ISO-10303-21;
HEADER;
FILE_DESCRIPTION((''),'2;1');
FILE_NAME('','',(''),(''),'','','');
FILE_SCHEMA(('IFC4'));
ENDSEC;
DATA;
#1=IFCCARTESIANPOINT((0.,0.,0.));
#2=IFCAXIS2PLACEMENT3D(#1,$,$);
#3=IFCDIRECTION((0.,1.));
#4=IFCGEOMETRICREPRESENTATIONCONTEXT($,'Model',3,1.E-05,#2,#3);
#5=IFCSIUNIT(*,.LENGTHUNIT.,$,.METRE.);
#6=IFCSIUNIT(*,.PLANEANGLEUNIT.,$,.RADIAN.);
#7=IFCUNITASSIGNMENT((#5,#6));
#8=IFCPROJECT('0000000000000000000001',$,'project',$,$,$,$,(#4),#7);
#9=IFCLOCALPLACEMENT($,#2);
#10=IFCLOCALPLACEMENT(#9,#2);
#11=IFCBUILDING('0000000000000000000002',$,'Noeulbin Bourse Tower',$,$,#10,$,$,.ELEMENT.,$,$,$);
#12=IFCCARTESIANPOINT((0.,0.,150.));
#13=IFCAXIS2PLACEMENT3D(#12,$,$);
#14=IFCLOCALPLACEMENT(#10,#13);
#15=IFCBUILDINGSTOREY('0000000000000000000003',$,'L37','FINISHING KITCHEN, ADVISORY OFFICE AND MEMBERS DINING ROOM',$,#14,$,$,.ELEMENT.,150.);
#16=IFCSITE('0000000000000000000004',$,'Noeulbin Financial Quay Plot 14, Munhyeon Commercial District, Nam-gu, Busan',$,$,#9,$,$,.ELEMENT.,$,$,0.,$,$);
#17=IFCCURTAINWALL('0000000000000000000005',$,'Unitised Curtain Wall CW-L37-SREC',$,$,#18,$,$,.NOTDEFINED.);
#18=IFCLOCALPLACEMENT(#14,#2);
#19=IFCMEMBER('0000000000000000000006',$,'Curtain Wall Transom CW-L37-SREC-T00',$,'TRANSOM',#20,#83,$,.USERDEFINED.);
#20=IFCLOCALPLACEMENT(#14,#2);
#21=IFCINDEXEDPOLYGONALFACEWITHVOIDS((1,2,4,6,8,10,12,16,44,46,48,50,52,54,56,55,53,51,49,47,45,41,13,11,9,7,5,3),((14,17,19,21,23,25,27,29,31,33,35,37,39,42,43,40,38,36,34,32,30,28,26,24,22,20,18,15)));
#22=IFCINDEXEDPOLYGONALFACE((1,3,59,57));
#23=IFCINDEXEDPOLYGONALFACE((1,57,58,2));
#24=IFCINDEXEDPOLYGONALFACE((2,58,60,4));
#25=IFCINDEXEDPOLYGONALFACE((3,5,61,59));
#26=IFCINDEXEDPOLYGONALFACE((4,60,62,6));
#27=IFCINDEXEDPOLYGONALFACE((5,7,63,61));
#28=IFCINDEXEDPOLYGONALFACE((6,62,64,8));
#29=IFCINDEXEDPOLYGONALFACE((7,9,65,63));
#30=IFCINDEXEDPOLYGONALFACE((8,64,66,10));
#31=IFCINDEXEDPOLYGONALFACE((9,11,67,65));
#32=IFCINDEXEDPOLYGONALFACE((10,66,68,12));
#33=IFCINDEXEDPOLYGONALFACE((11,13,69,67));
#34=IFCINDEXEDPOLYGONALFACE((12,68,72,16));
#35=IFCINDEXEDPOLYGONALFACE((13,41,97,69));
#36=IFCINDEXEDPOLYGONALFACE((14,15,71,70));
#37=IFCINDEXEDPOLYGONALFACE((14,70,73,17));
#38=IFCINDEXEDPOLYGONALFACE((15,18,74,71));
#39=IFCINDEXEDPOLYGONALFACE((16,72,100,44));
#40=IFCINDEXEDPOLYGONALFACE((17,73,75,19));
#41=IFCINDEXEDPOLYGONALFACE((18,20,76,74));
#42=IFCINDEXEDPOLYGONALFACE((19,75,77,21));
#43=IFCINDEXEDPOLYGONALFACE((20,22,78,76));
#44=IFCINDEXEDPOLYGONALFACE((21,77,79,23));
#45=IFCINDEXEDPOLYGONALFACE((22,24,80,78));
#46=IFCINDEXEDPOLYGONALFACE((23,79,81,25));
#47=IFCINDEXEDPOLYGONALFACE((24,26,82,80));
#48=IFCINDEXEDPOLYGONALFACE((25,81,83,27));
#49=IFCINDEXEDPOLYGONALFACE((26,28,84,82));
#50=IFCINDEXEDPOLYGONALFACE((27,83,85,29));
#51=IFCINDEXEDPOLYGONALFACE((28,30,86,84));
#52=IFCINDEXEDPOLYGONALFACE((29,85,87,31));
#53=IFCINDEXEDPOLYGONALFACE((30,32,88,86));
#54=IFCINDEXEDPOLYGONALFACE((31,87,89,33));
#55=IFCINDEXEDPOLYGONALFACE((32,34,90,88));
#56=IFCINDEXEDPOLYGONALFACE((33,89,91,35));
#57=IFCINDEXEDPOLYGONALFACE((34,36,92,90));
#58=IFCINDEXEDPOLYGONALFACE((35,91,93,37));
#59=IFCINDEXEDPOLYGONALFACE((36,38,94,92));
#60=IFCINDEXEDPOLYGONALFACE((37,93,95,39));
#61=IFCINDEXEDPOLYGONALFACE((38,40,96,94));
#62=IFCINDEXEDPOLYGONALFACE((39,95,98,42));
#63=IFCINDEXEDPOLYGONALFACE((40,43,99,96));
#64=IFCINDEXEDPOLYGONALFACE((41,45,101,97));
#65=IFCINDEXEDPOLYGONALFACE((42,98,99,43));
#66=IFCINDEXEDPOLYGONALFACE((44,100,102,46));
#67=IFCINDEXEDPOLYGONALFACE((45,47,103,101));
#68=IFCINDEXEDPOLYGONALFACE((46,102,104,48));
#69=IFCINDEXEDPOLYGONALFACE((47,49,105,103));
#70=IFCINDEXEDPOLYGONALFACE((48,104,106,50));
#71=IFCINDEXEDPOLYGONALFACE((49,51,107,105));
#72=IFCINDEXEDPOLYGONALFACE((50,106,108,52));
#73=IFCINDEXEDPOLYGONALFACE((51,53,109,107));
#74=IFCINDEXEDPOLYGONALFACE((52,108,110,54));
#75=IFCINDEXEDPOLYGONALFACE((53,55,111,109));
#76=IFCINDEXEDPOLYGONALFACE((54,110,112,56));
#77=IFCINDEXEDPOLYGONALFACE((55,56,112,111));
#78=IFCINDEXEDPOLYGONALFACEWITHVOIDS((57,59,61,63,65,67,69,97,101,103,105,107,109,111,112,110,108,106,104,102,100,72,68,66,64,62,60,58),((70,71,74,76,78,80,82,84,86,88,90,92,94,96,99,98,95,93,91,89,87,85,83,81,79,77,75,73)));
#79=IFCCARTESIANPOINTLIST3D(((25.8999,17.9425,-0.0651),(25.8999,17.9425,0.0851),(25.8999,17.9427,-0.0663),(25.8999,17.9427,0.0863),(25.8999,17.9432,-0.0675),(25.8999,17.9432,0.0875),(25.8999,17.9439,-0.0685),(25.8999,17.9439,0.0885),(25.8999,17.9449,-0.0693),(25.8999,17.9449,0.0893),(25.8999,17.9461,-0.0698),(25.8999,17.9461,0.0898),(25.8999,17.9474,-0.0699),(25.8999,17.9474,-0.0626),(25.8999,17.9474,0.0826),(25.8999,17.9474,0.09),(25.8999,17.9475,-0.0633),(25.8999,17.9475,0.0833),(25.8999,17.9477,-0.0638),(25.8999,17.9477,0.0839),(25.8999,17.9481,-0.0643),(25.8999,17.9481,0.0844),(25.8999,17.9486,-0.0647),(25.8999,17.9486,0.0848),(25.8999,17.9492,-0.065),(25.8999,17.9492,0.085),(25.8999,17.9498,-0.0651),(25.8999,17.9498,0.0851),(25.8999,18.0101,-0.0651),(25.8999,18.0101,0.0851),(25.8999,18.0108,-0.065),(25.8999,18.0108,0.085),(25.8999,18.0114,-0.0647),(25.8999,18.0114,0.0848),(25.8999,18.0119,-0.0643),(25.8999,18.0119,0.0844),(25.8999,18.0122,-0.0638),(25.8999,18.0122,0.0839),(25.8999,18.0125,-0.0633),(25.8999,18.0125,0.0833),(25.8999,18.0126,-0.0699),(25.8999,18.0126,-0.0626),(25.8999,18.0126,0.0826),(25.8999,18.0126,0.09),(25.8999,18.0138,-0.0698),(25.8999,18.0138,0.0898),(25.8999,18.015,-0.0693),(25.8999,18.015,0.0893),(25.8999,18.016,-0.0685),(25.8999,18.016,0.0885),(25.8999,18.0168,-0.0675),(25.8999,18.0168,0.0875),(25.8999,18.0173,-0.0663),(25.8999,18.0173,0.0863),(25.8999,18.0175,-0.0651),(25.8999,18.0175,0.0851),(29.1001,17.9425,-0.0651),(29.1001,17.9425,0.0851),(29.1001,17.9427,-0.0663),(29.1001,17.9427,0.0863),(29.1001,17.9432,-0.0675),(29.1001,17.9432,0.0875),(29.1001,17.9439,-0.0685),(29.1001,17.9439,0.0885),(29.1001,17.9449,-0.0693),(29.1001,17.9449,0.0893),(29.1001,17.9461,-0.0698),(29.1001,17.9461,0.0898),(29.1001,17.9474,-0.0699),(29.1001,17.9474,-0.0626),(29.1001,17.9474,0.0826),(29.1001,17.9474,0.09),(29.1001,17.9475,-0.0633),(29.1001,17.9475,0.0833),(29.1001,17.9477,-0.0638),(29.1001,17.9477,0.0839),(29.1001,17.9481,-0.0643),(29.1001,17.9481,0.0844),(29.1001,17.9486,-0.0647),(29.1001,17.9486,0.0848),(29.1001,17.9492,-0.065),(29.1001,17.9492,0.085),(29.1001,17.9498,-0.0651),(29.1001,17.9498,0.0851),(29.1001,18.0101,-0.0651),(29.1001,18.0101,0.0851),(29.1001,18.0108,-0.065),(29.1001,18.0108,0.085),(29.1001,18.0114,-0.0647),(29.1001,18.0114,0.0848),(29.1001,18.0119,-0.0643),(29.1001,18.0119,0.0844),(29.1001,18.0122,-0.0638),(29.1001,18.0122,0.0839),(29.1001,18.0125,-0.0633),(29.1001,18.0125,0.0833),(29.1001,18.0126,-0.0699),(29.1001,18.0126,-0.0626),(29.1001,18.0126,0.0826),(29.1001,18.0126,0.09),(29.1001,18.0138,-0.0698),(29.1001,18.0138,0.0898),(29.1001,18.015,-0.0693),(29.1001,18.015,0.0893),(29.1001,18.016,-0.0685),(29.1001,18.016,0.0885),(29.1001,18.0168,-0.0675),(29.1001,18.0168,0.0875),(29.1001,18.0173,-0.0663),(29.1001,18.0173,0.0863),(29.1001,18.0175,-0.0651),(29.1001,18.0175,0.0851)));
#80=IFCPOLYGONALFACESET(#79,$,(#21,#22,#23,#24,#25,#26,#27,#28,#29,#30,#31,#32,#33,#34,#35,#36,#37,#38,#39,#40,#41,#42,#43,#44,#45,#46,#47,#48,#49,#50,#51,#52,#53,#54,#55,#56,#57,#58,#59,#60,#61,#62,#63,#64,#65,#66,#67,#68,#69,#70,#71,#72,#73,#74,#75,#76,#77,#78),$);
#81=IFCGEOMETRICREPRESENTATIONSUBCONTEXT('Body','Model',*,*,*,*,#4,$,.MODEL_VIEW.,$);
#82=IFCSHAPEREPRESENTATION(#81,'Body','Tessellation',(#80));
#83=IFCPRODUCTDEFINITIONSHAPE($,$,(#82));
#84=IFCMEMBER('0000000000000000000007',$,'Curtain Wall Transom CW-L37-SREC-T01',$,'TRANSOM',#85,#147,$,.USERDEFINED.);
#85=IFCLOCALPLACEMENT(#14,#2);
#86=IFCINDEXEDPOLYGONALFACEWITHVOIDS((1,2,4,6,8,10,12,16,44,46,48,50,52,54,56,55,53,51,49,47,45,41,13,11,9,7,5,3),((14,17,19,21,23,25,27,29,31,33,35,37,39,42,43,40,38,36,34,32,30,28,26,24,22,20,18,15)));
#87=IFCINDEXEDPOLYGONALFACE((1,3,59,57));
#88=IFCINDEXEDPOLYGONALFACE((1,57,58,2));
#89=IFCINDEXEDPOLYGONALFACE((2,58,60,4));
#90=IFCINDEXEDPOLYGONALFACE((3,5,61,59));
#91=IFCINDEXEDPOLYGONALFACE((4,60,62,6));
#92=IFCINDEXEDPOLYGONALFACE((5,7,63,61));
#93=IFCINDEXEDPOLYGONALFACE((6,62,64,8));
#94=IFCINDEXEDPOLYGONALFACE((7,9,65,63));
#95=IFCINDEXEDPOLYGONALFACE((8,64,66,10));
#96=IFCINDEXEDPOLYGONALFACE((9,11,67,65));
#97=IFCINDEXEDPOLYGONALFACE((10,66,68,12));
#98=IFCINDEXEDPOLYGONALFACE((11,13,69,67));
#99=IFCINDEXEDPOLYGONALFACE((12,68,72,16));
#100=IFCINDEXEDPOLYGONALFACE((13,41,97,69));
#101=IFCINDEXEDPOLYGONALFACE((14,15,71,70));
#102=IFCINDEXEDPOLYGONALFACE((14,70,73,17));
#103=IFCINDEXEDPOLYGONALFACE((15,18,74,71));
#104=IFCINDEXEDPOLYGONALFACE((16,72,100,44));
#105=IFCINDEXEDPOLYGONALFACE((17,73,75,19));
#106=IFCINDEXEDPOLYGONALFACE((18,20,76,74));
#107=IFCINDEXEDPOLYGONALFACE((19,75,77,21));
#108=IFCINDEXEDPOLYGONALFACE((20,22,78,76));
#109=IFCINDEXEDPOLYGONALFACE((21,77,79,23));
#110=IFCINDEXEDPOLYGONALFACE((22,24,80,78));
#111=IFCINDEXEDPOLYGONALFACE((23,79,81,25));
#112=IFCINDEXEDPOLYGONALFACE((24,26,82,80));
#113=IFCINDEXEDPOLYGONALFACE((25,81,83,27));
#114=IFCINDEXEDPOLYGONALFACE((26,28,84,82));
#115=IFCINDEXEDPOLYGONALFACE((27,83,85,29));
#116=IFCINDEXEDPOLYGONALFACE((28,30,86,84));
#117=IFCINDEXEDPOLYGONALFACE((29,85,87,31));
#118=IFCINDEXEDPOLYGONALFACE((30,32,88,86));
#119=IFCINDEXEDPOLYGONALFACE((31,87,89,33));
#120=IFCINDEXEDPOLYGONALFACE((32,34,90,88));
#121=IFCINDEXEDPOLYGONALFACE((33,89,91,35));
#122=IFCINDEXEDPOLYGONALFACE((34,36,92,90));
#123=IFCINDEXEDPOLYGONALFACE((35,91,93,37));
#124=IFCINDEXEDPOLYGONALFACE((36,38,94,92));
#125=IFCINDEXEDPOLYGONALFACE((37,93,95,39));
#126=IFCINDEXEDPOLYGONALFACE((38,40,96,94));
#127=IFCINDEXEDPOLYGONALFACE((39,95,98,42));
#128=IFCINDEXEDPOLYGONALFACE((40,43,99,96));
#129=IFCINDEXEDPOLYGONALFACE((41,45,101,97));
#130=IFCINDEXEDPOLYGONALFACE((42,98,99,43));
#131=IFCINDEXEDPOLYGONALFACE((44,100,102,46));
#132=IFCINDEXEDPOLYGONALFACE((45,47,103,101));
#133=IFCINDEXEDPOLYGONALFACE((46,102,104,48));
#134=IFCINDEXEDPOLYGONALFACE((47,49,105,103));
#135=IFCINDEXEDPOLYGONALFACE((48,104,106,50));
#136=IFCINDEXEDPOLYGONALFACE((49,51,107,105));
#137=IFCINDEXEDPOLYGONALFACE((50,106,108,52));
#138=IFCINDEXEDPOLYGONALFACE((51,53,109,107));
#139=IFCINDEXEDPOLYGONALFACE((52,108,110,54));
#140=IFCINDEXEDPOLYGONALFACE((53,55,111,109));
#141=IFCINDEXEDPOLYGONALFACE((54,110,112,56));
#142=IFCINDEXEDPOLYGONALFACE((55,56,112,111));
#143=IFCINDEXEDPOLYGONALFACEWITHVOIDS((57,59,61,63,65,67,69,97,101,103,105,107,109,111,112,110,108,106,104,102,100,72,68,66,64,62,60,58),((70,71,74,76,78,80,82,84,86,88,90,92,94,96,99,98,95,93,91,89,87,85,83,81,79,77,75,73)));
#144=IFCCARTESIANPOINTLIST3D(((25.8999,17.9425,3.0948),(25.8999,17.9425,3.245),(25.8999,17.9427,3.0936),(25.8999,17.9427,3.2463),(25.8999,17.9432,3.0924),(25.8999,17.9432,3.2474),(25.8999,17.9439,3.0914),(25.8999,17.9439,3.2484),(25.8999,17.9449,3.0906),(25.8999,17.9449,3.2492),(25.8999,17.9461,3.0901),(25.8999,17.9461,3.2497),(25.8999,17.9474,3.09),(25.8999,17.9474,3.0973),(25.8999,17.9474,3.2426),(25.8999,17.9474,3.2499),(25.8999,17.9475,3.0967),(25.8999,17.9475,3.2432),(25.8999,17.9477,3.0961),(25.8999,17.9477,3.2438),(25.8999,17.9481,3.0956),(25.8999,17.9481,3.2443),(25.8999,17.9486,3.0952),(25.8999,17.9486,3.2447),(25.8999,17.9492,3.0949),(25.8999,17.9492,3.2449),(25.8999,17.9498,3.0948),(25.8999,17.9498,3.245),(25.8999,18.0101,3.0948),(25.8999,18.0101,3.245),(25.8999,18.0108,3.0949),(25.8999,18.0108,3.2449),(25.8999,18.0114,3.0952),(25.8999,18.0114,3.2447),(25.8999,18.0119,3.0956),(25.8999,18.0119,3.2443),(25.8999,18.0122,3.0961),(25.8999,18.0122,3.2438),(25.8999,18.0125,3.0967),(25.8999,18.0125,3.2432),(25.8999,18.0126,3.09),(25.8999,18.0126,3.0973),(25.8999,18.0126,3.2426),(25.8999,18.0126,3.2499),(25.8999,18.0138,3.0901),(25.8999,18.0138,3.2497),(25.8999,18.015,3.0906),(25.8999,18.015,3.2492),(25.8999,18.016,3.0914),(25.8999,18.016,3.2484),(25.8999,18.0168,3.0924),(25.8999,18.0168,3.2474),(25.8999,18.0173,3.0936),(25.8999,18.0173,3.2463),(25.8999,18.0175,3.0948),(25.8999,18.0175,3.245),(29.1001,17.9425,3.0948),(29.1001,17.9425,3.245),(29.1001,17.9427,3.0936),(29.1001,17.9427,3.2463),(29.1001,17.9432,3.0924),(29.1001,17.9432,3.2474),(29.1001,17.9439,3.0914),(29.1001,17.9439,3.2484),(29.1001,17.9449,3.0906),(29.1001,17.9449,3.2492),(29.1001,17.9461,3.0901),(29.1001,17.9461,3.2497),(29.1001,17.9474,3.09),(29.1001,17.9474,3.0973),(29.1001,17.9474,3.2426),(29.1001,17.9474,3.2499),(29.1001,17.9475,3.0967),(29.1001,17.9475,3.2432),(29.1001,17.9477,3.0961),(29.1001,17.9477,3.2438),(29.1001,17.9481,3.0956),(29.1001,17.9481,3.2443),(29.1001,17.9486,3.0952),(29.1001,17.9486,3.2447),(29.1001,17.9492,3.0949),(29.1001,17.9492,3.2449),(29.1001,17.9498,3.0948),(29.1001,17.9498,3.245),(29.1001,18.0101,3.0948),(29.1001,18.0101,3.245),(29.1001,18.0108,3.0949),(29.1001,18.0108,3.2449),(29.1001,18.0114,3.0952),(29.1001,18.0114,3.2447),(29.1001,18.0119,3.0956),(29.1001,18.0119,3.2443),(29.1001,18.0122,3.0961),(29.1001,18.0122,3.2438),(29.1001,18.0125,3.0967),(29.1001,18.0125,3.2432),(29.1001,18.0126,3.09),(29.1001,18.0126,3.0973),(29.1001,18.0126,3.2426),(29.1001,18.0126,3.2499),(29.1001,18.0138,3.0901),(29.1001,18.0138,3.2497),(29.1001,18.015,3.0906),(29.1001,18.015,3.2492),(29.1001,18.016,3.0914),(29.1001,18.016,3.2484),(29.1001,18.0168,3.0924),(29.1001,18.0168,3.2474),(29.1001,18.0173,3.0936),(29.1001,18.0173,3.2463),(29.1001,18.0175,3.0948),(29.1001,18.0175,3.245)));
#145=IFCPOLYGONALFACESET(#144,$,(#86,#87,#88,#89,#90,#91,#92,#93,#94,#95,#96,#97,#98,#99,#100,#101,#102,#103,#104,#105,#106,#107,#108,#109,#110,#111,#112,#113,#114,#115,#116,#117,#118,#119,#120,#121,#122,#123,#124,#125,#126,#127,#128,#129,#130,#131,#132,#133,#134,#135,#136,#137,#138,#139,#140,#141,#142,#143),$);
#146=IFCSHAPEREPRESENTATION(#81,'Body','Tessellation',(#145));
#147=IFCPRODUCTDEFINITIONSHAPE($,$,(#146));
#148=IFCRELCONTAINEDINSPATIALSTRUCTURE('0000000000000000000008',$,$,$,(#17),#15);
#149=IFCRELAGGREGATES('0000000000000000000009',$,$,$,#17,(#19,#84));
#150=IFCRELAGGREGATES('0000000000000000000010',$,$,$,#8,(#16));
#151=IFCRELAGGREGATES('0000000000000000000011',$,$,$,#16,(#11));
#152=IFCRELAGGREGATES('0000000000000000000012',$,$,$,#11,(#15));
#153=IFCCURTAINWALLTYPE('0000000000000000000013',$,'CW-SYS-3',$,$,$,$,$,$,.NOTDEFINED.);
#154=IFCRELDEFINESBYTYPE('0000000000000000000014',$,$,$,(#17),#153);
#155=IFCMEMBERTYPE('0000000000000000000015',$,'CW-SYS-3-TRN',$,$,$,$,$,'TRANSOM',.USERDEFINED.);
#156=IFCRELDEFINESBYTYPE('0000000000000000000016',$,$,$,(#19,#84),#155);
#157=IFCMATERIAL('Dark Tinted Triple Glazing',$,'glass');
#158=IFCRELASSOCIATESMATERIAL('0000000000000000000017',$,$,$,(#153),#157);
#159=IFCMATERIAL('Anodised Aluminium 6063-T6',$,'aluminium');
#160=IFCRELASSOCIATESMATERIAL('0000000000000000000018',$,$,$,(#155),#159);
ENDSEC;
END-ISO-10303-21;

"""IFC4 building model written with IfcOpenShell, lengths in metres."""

from ifc_helpers import new_model, si_unit, direction, frame, origin, origin_2d, place, context, subcontext, project, spatial, hollow_rectangle, extrude, material, material_profile, profile_set, type_object, element, aggregate, save


model = new_model("IFC4")

# Units and contexts
model_context = context("Model", 3, precision=1e-05, world=origin(), true_north=direction((0.0, 1.0)))
body_context = subcontext(model_context, "Body", "Model", "MODEL_VIEW")
ifc_project = project(units=[si_unit("LENGTHUNIT", "METRE"), si_unit("PLANEANGLEUNIT", "RADIAN")], contexts=[model_context])

# Site, building, storey
site_placement = place(None, origin())
site = spatial("IfcSite", under=ifc_project, at=site_placement, Name="Noeulbin Financial Quay Plot 14, Munhyeon Commercial District, Nam-gu, Busan", CompositionType="ELEMENT", RefElevation=0.0)
building_placement = place(site_placement, origin())
building = spatial("IfcBuilding", under=site, at=building_placement, Name="Noeulbin Bourse Tower", CompositionType="ELEMENT")
storey_placement = place(building_placement, frame((0.0, 0.0, 150.0)))
storey = spatial("IfcBuildingStorey", under=building, at=storey_placement, Name="L37", Description="FINISHING KITCHEN, ADVISORY OFFICE AND MEMBERS DINING ROOM", CompositionType="ELEMENT", Elevation=150.0)

# Curtain wall
ifc_material_1 = material(Name="Dark Tinted Triple Glazing", Category="glass")
curtain_wall_type = type_object("IfcCurtainWallType", Name="CW-SYS-3", PredefinedType="NOTDEFINED", material=ifc_material_1)
curtain_wall_1_placement = place(storey_placement, origin())
curtain_wall_1 = element("IfcCurtainWall", 1, at=curtain_wall_1_placement, inside=storey, type_object=curtain_wall_type, Name="Unitised Curtain Wall CW-L37-SREC", PredefinedType="NOTDEFINED")
ifc_material_2 = material(Name="Anodised Aluminium 6063-T6", Category="aluminium")

# Members
ifc_material_profile_1 = material_profile(ifc_material_2, hollow_rectangle(XDim=0.075, YDim=0.1599, WallThickness=0.0049, InnerFilletRadius=0.0024, OuterFilletRadius=0.0049, at=origin_2d()), Name="ALU-TRAN-75x160x5", Category="LoadBearing")
ifc_profile_set_1 = profile_set([ifc_material_profile_1], Name="Anodised Aluminium 6063-T6")
member_type_1 = type_object("IfcMemberType", Name="CW-SYS-3-TRN", ElementType="TRANSOM", PredefinedType="USERDEFINED", material=ifc_profile_set_1)
member_1_placement = place(storey_placement, frame((25.8999, 17.98, 0.01), z_axis=(1.0, 0.0, 0.0), x_axis=(0.0, 1.0, 0.0)))
member_1 = element("IfcMember", 2, at=member_1_placement, type_object=member_type_1, Name="Curtain Wall Transom CW-L37-SREC-T00", ObjectType="TRANSOM", PredefinedType="USERDEFINED", context=body_context, shape_type="SweptSolid", body=[
    extrude(hollow_rectangle(XDim=0.075, YDim=0.1599, WallThickness=0.0049, InnerFilletRadius=0.0024, OuterFilletRadius=0.0049, at=origin_2d()), origin(), (0.0, 0.0, 1.0), 3.2002),
])
member_2_placement = place(storey_placement, frame((25.8999, 17.98, 3.1699), z_axis=(1.0, 0.0, 0.0), x_axis=(0.0, 1.0, 0.0)))
member_2 = element("IfcMember", 3, at=member_2_placement, type_object=member_type_1, Name="Curtain Wall Transom CW-L37-SREC-T01", ObjectType="TRANSOM", PredefinedType="USERDEFINED", context=body_context, shape_type="SweptSolid", body=[
    extrude(hollow_rectangle(XDim=0.075, YDim=0.1599, WallThickness=0.0049, InnerFilletRadius=0.0024, OuterFilletRadius=0.0049, at=origin_2d()), origin(), (0.0, 0.0, 1.0), 3.2002),
])

aggregate(curtain_wall_1, [member_1, member_2])

save(model, "model.ifc")
